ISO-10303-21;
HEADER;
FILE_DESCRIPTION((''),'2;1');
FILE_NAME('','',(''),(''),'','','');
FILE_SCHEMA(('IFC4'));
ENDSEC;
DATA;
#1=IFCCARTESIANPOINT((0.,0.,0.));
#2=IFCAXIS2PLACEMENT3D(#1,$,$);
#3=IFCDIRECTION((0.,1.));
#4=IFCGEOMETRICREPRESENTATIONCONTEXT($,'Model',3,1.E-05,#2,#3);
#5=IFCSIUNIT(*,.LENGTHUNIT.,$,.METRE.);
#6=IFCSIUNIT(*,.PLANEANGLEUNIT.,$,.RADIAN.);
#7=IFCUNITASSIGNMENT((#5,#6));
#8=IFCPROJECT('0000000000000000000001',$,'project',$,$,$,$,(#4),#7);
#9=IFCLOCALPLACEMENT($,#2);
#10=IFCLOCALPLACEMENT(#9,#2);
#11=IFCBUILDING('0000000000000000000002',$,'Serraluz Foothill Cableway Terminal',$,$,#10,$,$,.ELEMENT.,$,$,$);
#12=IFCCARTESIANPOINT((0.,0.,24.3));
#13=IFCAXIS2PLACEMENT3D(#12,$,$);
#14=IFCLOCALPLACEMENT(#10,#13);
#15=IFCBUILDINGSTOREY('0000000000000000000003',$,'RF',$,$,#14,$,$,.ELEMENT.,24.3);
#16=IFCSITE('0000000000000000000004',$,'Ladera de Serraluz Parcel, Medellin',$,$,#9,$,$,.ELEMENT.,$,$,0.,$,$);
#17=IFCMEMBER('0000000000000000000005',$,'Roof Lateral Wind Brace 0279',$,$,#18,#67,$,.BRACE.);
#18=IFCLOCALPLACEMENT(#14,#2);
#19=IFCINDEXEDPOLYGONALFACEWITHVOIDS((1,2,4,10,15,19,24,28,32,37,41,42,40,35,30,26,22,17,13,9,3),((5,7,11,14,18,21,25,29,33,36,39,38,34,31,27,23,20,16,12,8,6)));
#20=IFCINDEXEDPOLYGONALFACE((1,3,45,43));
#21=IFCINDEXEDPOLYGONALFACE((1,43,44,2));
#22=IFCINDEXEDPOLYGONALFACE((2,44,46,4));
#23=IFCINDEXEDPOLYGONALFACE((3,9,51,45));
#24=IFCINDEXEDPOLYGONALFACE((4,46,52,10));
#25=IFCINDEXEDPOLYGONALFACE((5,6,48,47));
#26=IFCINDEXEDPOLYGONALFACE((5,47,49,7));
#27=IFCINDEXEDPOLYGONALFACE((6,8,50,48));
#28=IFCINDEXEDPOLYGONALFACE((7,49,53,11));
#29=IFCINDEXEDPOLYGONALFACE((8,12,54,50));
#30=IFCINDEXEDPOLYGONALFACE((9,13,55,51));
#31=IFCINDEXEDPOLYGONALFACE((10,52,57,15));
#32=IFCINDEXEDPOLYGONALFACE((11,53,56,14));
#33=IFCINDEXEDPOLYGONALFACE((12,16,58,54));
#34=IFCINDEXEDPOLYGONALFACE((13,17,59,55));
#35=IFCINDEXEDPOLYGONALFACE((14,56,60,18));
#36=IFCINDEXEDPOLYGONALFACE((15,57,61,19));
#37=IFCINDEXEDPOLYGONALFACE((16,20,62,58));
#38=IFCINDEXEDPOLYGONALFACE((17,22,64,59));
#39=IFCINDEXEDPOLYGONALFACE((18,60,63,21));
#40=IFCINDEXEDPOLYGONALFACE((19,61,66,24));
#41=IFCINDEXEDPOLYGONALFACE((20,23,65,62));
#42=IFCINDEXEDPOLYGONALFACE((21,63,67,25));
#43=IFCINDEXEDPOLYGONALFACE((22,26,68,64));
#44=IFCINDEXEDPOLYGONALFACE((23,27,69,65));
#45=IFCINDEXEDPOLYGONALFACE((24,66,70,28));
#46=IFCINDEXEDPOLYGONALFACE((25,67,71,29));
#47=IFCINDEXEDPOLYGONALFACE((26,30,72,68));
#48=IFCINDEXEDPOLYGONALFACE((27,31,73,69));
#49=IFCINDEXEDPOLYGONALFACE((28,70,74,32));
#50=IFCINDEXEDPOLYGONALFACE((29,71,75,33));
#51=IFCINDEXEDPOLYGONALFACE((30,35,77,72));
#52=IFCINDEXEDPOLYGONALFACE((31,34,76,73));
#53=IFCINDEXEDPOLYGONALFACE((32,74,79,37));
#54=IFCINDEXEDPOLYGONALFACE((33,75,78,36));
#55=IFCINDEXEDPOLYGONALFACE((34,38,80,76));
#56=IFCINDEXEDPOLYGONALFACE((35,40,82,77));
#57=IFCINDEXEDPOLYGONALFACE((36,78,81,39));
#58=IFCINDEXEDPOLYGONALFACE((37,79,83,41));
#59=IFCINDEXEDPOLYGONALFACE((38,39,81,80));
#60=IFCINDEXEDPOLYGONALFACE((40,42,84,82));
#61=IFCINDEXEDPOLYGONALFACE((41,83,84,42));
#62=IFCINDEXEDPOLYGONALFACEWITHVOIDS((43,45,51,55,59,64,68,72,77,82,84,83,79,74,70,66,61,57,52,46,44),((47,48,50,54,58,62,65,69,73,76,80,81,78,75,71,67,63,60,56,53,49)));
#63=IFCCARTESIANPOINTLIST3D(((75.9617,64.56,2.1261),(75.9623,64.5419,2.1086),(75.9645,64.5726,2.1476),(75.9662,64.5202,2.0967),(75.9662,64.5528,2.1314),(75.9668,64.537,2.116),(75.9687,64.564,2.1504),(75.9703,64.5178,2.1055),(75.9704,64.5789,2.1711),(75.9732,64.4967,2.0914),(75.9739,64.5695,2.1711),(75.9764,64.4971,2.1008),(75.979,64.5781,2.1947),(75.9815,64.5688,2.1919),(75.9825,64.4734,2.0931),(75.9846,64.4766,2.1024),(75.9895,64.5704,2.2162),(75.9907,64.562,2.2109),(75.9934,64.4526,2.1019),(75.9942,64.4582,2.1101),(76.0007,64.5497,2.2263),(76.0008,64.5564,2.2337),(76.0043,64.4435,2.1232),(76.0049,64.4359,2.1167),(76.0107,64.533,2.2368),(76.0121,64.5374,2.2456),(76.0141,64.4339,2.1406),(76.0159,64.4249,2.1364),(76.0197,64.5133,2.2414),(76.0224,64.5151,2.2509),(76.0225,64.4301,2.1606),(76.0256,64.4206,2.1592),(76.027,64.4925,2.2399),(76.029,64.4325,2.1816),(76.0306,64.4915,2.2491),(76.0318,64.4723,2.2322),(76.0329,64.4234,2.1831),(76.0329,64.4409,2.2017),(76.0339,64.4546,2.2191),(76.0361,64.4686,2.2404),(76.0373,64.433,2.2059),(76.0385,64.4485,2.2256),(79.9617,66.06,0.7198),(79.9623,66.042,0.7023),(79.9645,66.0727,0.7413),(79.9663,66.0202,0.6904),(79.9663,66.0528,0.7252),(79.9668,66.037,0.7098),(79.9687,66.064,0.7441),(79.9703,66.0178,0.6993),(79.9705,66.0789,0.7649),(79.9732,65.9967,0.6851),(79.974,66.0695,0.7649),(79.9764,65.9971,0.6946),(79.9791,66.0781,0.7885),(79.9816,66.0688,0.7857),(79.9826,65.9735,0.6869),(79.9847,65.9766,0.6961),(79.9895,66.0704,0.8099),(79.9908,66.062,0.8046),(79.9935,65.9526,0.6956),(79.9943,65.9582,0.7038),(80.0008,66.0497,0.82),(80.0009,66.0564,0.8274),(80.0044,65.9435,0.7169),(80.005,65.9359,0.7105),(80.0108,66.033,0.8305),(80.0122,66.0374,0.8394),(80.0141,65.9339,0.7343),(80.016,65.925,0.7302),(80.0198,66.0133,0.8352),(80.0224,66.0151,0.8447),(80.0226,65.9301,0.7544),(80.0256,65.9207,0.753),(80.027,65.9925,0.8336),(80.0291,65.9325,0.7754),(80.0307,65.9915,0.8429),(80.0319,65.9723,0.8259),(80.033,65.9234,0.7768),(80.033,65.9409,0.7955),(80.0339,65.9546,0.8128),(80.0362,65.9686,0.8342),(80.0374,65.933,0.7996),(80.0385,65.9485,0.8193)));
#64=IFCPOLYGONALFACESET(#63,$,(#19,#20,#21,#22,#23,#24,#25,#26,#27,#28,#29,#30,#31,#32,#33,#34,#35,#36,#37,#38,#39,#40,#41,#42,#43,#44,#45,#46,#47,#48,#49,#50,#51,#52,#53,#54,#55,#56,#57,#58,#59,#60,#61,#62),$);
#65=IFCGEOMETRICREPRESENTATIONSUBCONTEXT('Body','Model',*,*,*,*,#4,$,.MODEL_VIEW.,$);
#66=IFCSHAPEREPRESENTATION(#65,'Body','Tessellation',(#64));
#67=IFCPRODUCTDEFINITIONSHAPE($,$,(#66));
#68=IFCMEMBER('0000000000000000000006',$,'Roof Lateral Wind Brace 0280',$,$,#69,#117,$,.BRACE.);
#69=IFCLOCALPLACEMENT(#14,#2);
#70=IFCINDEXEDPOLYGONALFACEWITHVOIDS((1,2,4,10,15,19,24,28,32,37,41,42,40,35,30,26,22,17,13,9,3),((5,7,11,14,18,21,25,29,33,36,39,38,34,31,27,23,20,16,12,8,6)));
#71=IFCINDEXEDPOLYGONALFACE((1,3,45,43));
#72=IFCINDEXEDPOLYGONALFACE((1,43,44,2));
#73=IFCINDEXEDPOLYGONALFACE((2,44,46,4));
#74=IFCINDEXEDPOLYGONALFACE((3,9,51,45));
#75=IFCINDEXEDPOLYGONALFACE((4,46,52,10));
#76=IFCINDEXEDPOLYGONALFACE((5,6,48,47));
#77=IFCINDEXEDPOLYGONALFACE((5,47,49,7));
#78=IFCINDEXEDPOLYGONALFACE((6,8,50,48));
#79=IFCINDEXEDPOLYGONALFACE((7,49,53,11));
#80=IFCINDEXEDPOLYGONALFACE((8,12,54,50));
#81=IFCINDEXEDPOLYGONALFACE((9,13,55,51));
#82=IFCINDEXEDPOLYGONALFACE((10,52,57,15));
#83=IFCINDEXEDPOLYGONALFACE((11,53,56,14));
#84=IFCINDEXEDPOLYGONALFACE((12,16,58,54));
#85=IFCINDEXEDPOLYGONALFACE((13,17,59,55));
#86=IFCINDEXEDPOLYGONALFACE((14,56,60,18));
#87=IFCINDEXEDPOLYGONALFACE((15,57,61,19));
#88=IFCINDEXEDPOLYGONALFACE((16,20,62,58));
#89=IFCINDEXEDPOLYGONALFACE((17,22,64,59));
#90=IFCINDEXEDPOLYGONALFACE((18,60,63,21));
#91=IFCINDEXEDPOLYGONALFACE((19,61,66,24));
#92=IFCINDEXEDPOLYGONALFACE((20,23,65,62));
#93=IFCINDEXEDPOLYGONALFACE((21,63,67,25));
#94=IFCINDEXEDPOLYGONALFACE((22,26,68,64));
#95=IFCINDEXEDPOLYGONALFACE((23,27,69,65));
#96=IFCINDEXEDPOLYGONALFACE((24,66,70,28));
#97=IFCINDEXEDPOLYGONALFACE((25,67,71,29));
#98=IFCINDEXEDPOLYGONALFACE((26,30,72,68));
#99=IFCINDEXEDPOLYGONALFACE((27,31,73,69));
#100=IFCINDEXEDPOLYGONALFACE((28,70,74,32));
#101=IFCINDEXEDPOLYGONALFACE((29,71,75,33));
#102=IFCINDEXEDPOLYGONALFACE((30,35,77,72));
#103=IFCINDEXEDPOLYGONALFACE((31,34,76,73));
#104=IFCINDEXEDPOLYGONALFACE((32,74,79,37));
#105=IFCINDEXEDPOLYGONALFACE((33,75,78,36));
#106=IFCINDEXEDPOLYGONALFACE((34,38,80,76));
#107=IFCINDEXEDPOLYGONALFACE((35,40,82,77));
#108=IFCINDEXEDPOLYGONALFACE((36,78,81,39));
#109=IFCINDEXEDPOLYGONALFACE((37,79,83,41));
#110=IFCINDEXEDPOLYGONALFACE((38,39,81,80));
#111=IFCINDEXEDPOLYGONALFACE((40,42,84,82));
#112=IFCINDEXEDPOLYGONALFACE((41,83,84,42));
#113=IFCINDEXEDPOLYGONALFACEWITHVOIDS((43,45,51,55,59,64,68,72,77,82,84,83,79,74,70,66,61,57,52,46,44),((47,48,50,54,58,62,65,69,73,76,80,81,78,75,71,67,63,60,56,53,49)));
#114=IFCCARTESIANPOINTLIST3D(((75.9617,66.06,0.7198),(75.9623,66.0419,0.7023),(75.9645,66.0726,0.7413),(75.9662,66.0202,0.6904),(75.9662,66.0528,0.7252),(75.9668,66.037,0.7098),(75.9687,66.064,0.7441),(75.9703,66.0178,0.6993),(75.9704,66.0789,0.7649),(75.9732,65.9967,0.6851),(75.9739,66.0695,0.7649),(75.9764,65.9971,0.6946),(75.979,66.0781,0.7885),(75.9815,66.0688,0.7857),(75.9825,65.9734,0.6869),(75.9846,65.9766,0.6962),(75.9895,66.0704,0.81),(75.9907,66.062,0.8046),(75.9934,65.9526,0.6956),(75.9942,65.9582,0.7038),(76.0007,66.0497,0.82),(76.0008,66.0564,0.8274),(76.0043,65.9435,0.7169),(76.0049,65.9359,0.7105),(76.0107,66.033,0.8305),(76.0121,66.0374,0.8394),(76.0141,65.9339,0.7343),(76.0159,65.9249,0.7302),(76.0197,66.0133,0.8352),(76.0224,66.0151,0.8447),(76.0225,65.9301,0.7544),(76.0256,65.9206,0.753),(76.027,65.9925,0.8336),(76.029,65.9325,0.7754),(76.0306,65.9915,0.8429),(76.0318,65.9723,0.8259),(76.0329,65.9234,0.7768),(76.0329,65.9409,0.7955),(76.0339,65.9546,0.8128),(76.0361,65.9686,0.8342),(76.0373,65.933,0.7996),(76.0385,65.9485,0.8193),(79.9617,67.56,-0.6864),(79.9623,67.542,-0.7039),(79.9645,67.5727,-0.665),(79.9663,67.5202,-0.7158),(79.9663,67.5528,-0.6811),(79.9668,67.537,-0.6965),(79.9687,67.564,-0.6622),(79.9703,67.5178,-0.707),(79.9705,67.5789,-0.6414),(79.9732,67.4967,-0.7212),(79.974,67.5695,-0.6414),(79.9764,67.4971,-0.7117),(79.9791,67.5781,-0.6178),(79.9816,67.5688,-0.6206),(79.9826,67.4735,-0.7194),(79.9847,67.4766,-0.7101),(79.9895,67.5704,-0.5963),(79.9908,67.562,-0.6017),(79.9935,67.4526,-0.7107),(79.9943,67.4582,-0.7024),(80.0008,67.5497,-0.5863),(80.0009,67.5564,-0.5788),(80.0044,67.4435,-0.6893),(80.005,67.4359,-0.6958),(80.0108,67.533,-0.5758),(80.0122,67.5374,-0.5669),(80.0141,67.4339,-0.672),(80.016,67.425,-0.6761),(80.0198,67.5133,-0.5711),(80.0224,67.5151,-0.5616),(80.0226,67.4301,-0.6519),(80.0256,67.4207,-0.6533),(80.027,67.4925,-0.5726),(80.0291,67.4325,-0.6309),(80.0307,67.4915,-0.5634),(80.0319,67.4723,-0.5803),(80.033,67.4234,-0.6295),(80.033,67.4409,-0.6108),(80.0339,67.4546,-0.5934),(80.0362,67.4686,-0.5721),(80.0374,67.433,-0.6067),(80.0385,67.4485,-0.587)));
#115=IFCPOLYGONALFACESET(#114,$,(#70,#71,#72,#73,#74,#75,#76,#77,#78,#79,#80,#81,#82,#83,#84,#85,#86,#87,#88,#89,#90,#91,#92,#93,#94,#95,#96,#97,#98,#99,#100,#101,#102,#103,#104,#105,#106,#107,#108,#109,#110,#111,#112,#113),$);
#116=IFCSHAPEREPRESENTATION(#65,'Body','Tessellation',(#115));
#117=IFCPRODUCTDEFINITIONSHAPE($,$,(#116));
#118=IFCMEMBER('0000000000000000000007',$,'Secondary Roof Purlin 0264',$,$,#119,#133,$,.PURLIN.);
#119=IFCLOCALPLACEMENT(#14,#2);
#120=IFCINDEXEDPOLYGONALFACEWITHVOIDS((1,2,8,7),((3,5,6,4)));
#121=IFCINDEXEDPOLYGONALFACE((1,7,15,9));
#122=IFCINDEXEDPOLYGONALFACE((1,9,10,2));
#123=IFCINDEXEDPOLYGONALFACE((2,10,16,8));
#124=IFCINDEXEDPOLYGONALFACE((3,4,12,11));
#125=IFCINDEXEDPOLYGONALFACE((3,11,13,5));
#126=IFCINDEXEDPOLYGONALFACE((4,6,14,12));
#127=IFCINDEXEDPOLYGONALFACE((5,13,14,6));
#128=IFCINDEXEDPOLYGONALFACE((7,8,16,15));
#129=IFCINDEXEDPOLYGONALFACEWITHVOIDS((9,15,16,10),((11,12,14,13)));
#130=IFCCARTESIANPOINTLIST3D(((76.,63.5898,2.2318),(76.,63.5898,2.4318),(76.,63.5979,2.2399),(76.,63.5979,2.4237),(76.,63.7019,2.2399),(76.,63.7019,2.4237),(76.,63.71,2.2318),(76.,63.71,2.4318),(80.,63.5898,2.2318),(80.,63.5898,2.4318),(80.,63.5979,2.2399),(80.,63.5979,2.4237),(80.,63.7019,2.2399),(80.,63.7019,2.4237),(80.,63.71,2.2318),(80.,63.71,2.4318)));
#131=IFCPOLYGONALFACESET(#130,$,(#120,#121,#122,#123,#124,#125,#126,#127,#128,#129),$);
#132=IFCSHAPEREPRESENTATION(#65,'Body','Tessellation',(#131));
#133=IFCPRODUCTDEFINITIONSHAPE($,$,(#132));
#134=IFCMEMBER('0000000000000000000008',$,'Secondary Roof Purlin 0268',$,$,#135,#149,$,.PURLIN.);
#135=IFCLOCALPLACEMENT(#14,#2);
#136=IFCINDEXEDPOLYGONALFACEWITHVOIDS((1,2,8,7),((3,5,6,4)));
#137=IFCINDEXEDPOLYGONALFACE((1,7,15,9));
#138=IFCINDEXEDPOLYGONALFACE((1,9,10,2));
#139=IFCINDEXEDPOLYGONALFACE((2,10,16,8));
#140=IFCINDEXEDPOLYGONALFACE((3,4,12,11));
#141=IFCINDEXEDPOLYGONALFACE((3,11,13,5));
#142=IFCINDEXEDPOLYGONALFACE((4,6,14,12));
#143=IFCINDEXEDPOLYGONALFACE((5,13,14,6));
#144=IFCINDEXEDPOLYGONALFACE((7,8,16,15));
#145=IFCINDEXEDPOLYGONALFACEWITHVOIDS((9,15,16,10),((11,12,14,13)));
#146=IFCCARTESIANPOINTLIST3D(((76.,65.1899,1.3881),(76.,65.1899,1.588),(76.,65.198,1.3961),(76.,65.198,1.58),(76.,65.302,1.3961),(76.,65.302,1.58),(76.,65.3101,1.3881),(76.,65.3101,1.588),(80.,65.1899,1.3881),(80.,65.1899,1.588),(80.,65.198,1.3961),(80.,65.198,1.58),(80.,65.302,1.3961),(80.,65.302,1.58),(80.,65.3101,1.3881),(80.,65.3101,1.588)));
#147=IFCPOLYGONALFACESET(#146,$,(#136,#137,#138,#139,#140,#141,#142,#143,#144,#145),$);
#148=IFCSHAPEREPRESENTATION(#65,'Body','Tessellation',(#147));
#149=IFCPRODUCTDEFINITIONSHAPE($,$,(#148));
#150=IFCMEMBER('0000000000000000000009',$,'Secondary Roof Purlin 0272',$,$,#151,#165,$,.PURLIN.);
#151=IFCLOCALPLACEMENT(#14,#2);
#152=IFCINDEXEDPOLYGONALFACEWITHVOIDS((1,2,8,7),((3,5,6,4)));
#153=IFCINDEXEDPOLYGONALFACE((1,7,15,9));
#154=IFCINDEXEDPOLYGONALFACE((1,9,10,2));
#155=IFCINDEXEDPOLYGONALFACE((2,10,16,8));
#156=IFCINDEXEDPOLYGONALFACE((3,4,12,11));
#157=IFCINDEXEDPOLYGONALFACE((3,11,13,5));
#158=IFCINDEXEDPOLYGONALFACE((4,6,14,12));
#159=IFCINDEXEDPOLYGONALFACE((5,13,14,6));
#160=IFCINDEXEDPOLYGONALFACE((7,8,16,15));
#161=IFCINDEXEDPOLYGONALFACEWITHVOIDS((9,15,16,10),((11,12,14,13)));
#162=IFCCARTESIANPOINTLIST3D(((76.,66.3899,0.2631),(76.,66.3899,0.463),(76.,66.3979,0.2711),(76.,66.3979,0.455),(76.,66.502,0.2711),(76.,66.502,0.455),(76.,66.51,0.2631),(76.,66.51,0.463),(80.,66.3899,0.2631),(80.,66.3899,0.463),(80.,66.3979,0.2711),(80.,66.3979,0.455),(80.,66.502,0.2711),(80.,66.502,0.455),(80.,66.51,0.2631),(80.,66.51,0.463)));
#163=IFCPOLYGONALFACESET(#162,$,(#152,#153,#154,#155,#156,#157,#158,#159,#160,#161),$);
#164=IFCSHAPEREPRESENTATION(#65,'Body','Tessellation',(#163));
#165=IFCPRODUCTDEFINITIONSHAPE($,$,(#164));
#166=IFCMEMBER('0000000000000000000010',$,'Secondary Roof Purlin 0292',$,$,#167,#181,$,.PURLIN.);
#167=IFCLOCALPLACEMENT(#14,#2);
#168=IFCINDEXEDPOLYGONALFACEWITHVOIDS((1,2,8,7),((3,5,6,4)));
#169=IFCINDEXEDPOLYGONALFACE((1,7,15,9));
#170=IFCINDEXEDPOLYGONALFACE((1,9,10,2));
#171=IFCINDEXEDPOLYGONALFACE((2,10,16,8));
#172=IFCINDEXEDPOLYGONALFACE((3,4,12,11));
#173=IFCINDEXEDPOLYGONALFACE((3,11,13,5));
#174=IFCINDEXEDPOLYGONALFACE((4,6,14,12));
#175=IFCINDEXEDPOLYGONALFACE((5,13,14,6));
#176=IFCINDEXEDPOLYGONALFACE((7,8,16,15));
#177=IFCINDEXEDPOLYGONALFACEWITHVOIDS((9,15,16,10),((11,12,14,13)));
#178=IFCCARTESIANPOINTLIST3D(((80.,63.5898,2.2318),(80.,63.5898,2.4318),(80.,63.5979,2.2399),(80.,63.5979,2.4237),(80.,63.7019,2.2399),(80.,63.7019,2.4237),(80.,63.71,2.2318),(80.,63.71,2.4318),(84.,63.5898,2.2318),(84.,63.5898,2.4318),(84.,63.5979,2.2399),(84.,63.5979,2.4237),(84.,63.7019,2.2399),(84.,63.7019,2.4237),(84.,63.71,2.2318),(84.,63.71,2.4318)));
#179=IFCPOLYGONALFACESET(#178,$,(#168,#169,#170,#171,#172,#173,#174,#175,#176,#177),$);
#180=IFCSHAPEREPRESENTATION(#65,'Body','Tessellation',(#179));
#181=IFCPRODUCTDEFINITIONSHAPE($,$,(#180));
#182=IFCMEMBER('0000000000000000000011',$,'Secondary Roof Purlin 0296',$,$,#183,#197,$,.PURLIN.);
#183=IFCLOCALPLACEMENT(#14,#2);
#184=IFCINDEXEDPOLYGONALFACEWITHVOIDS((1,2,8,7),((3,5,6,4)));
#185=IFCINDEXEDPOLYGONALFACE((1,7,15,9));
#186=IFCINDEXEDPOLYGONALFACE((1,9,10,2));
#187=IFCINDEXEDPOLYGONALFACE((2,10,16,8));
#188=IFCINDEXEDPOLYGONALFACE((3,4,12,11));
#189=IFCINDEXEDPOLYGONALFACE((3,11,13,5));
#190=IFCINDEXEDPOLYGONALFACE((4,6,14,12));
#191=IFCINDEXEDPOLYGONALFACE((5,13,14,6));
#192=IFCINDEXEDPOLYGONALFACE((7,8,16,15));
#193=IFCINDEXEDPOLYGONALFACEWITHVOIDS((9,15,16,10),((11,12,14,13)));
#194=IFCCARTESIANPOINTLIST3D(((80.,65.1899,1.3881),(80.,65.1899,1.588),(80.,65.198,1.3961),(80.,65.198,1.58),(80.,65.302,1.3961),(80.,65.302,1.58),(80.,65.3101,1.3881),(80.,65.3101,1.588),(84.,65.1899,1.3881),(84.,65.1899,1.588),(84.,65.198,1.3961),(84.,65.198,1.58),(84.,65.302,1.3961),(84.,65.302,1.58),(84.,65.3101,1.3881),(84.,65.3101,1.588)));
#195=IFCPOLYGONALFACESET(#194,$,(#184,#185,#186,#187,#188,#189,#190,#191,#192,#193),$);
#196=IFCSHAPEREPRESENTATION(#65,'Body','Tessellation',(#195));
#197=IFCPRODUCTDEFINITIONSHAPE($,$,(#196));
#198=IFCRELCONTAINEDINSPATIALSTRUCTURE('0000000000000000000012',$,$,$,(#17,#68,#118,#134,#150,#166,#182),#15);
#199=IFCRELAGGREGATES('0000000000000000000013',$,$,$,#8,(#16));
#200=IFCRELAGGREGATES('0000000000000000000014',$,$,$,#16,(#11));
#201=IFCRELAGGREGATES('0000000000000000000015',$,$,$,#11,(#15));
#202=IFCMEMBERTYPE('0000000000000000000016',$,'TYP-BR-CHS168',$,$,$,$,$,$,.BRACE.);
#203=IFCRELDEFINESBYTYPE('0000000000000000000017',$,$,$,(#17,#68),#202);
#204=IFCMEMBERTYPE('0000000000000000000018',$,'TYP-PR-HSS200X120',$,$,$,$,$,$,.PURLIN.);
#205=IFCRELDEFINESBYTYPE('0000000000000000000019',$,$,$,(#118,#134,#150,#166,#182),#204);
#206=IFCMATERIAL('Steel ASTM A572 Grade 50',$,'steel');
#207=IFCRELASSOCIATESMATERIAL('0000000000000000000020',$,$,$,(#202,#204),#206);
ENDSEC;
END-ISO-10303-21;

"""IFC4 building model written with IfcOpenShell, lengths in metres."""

from ifc_helpers import new_model, si_unit, direction, frame, origin, origin_2d, place, context, subcontext, project, spatial, hollow_rectangle, hollow_circle, extrude, material, material_profile, profile_set, type_object, element, save


model = new_model("IFC4")

# Units and contexts
model_context = context("Model", 3, precision=1e-05, world=origin(), true_north=direction((0.0, 1.0)))
body_context = subcontext(model_context, "Body", "Model", "MODEL_VIEW")
ifc_project = project(units=[si_unit("LENGTHUNIT", "METRE"), si_unit("PLANEANGLEUNIT", "RADIAN")], contexts=[model_context])

# Site, building, storey
site_placement = place(None, origin())
site = spatial("IfcSite", under=ifc_project, at=site_placement, Name="Ladera de Serraluz Parcel, Medellin", CompositionType="ELEMENT", RefElevation=0.0)
building_placement = place(site_placement, origin())
building = spatial("IfcBuilding", under=site, at=building_placement, Name="Serraluz Foothill Cableway Terminal", CompositionType="ELEMENT")
storey_placement = place(building_placement, frame((0.0, 0.0, 24.3)))
storey = spatial("IfcBuildingStorey", under=building, at=storey_placement, Name="RF", CompositionType="ELEMENT", Elevation=24.3)

# Members
ifc_material_1 = material(Name="Steel ASTM A572 Grade 50", Category="steel")
ifc_material_profile_1 = material_profile(ifc_material_1, hollow_circle(Radius=0.0842, WallThickness=0.01, at=origin_2d()), Name="CHS168X10")
ifc_profile_set_1 = profile_set([ifc_material_profile_1], Name="Steel ASTM A572 Grade 50")
member_type_1 = type_object("IfcMemberType", Name="TYP-BR-CHS168", PredefinedType="BRACE", material=ifc_profile_set_1)
for number, where, z_axis, x_axis, name in (
    (1, (76.0, 64.5, 2.1711), (0.889382, 0.333518, -0.312673), (-0.351123, 0.936329, 0.0), "Roof Lateral Wind Brace 0279"),
    (2, (76.0, 66.0, 0.7649), (0.889382, 0.333518, -0.312673), (-0.351123, 0.936329, 0.0), "Roof Lateral Wind Brace 0280"),
):
    element("IfcMember", number, at=place(storey_placement, frame(where, z_axis=z_axis, x_axis=x_axis)), inside=storey, type_object=member_type_1, Name=name, PredefinedType="BRACE", context=body_context, shape_type="SweptSolid", body=[
        extrude(hollow_circle(Radius=0.0842, WallThickness=0.01, at=origin_2d()), origin(), (0.0, 0.0, 1.0), 4.4976),
    ])
ifc_material_profile_2 = material_profile(ifc_material_1, hollow_rectangle(XDim=0.1201, YDim=0.2, WallThickness=0.0081, at=origin_2d()), Name="HSS200X120X8")
ifc_profile_set_2 = profile_set([ifc_material_profile_2], Name="Steel ASTM A572 Grade 50")
member_type_2 = type_object("IfcMemberType", Name="TYP-PR-HSS200X120", PredefinedType="PURLIN", material=ifc_profile_set_2)
for number, where, z_axis, x_axis, name in (
    (3, (76.0, 63.6499, 2.3318), (1.0, 0.0, 0.0), (0.0, 1.0, 0.0), "Secondary Roof Purlin 0264"),
    (4, (76.0, 65.25, 1.488), (1.0, 0.0, 0.0), (0.0, 1.0, 0.0), "Secondary Roof Purlin 0268"),
    (5, (76.0, 66.45, 0.363), (1.0, 0.0, 0.0), (0.0, 1.0, 0.0), "Secondary Roof Purlin 0272"),
    (6, (80.0, 63.6499, 2.3318), (1.0, 0.0, 0.0), (0.0, 1.0, 0.0), "Secondary Roof Purlin 0292"),
    (7, (80.0, 65.25, 1.488), (1.0, 0.0, 0.0), (0.0, 1.0, 0.0), "Secondary Roof Purlin 0296"),
):
    element("IfcMember", number, at=place(storey_placement, frame(where, z_axis=z_axis, x_axis=x_axis)), inside=storey, type_object=member_type_2, Name=name, PredefinedType="PURLIN", context=body_context, shape_type="SweptSolid", body=[
        extrude(hollow_rectangle(XDim=0.1201, YDim=0.2, WallThickness=0.0081, at=origin_2d()), origin(), (0.0, 0.0, 1.0), 4.0),
    ])

save(model, "model.ifc")
